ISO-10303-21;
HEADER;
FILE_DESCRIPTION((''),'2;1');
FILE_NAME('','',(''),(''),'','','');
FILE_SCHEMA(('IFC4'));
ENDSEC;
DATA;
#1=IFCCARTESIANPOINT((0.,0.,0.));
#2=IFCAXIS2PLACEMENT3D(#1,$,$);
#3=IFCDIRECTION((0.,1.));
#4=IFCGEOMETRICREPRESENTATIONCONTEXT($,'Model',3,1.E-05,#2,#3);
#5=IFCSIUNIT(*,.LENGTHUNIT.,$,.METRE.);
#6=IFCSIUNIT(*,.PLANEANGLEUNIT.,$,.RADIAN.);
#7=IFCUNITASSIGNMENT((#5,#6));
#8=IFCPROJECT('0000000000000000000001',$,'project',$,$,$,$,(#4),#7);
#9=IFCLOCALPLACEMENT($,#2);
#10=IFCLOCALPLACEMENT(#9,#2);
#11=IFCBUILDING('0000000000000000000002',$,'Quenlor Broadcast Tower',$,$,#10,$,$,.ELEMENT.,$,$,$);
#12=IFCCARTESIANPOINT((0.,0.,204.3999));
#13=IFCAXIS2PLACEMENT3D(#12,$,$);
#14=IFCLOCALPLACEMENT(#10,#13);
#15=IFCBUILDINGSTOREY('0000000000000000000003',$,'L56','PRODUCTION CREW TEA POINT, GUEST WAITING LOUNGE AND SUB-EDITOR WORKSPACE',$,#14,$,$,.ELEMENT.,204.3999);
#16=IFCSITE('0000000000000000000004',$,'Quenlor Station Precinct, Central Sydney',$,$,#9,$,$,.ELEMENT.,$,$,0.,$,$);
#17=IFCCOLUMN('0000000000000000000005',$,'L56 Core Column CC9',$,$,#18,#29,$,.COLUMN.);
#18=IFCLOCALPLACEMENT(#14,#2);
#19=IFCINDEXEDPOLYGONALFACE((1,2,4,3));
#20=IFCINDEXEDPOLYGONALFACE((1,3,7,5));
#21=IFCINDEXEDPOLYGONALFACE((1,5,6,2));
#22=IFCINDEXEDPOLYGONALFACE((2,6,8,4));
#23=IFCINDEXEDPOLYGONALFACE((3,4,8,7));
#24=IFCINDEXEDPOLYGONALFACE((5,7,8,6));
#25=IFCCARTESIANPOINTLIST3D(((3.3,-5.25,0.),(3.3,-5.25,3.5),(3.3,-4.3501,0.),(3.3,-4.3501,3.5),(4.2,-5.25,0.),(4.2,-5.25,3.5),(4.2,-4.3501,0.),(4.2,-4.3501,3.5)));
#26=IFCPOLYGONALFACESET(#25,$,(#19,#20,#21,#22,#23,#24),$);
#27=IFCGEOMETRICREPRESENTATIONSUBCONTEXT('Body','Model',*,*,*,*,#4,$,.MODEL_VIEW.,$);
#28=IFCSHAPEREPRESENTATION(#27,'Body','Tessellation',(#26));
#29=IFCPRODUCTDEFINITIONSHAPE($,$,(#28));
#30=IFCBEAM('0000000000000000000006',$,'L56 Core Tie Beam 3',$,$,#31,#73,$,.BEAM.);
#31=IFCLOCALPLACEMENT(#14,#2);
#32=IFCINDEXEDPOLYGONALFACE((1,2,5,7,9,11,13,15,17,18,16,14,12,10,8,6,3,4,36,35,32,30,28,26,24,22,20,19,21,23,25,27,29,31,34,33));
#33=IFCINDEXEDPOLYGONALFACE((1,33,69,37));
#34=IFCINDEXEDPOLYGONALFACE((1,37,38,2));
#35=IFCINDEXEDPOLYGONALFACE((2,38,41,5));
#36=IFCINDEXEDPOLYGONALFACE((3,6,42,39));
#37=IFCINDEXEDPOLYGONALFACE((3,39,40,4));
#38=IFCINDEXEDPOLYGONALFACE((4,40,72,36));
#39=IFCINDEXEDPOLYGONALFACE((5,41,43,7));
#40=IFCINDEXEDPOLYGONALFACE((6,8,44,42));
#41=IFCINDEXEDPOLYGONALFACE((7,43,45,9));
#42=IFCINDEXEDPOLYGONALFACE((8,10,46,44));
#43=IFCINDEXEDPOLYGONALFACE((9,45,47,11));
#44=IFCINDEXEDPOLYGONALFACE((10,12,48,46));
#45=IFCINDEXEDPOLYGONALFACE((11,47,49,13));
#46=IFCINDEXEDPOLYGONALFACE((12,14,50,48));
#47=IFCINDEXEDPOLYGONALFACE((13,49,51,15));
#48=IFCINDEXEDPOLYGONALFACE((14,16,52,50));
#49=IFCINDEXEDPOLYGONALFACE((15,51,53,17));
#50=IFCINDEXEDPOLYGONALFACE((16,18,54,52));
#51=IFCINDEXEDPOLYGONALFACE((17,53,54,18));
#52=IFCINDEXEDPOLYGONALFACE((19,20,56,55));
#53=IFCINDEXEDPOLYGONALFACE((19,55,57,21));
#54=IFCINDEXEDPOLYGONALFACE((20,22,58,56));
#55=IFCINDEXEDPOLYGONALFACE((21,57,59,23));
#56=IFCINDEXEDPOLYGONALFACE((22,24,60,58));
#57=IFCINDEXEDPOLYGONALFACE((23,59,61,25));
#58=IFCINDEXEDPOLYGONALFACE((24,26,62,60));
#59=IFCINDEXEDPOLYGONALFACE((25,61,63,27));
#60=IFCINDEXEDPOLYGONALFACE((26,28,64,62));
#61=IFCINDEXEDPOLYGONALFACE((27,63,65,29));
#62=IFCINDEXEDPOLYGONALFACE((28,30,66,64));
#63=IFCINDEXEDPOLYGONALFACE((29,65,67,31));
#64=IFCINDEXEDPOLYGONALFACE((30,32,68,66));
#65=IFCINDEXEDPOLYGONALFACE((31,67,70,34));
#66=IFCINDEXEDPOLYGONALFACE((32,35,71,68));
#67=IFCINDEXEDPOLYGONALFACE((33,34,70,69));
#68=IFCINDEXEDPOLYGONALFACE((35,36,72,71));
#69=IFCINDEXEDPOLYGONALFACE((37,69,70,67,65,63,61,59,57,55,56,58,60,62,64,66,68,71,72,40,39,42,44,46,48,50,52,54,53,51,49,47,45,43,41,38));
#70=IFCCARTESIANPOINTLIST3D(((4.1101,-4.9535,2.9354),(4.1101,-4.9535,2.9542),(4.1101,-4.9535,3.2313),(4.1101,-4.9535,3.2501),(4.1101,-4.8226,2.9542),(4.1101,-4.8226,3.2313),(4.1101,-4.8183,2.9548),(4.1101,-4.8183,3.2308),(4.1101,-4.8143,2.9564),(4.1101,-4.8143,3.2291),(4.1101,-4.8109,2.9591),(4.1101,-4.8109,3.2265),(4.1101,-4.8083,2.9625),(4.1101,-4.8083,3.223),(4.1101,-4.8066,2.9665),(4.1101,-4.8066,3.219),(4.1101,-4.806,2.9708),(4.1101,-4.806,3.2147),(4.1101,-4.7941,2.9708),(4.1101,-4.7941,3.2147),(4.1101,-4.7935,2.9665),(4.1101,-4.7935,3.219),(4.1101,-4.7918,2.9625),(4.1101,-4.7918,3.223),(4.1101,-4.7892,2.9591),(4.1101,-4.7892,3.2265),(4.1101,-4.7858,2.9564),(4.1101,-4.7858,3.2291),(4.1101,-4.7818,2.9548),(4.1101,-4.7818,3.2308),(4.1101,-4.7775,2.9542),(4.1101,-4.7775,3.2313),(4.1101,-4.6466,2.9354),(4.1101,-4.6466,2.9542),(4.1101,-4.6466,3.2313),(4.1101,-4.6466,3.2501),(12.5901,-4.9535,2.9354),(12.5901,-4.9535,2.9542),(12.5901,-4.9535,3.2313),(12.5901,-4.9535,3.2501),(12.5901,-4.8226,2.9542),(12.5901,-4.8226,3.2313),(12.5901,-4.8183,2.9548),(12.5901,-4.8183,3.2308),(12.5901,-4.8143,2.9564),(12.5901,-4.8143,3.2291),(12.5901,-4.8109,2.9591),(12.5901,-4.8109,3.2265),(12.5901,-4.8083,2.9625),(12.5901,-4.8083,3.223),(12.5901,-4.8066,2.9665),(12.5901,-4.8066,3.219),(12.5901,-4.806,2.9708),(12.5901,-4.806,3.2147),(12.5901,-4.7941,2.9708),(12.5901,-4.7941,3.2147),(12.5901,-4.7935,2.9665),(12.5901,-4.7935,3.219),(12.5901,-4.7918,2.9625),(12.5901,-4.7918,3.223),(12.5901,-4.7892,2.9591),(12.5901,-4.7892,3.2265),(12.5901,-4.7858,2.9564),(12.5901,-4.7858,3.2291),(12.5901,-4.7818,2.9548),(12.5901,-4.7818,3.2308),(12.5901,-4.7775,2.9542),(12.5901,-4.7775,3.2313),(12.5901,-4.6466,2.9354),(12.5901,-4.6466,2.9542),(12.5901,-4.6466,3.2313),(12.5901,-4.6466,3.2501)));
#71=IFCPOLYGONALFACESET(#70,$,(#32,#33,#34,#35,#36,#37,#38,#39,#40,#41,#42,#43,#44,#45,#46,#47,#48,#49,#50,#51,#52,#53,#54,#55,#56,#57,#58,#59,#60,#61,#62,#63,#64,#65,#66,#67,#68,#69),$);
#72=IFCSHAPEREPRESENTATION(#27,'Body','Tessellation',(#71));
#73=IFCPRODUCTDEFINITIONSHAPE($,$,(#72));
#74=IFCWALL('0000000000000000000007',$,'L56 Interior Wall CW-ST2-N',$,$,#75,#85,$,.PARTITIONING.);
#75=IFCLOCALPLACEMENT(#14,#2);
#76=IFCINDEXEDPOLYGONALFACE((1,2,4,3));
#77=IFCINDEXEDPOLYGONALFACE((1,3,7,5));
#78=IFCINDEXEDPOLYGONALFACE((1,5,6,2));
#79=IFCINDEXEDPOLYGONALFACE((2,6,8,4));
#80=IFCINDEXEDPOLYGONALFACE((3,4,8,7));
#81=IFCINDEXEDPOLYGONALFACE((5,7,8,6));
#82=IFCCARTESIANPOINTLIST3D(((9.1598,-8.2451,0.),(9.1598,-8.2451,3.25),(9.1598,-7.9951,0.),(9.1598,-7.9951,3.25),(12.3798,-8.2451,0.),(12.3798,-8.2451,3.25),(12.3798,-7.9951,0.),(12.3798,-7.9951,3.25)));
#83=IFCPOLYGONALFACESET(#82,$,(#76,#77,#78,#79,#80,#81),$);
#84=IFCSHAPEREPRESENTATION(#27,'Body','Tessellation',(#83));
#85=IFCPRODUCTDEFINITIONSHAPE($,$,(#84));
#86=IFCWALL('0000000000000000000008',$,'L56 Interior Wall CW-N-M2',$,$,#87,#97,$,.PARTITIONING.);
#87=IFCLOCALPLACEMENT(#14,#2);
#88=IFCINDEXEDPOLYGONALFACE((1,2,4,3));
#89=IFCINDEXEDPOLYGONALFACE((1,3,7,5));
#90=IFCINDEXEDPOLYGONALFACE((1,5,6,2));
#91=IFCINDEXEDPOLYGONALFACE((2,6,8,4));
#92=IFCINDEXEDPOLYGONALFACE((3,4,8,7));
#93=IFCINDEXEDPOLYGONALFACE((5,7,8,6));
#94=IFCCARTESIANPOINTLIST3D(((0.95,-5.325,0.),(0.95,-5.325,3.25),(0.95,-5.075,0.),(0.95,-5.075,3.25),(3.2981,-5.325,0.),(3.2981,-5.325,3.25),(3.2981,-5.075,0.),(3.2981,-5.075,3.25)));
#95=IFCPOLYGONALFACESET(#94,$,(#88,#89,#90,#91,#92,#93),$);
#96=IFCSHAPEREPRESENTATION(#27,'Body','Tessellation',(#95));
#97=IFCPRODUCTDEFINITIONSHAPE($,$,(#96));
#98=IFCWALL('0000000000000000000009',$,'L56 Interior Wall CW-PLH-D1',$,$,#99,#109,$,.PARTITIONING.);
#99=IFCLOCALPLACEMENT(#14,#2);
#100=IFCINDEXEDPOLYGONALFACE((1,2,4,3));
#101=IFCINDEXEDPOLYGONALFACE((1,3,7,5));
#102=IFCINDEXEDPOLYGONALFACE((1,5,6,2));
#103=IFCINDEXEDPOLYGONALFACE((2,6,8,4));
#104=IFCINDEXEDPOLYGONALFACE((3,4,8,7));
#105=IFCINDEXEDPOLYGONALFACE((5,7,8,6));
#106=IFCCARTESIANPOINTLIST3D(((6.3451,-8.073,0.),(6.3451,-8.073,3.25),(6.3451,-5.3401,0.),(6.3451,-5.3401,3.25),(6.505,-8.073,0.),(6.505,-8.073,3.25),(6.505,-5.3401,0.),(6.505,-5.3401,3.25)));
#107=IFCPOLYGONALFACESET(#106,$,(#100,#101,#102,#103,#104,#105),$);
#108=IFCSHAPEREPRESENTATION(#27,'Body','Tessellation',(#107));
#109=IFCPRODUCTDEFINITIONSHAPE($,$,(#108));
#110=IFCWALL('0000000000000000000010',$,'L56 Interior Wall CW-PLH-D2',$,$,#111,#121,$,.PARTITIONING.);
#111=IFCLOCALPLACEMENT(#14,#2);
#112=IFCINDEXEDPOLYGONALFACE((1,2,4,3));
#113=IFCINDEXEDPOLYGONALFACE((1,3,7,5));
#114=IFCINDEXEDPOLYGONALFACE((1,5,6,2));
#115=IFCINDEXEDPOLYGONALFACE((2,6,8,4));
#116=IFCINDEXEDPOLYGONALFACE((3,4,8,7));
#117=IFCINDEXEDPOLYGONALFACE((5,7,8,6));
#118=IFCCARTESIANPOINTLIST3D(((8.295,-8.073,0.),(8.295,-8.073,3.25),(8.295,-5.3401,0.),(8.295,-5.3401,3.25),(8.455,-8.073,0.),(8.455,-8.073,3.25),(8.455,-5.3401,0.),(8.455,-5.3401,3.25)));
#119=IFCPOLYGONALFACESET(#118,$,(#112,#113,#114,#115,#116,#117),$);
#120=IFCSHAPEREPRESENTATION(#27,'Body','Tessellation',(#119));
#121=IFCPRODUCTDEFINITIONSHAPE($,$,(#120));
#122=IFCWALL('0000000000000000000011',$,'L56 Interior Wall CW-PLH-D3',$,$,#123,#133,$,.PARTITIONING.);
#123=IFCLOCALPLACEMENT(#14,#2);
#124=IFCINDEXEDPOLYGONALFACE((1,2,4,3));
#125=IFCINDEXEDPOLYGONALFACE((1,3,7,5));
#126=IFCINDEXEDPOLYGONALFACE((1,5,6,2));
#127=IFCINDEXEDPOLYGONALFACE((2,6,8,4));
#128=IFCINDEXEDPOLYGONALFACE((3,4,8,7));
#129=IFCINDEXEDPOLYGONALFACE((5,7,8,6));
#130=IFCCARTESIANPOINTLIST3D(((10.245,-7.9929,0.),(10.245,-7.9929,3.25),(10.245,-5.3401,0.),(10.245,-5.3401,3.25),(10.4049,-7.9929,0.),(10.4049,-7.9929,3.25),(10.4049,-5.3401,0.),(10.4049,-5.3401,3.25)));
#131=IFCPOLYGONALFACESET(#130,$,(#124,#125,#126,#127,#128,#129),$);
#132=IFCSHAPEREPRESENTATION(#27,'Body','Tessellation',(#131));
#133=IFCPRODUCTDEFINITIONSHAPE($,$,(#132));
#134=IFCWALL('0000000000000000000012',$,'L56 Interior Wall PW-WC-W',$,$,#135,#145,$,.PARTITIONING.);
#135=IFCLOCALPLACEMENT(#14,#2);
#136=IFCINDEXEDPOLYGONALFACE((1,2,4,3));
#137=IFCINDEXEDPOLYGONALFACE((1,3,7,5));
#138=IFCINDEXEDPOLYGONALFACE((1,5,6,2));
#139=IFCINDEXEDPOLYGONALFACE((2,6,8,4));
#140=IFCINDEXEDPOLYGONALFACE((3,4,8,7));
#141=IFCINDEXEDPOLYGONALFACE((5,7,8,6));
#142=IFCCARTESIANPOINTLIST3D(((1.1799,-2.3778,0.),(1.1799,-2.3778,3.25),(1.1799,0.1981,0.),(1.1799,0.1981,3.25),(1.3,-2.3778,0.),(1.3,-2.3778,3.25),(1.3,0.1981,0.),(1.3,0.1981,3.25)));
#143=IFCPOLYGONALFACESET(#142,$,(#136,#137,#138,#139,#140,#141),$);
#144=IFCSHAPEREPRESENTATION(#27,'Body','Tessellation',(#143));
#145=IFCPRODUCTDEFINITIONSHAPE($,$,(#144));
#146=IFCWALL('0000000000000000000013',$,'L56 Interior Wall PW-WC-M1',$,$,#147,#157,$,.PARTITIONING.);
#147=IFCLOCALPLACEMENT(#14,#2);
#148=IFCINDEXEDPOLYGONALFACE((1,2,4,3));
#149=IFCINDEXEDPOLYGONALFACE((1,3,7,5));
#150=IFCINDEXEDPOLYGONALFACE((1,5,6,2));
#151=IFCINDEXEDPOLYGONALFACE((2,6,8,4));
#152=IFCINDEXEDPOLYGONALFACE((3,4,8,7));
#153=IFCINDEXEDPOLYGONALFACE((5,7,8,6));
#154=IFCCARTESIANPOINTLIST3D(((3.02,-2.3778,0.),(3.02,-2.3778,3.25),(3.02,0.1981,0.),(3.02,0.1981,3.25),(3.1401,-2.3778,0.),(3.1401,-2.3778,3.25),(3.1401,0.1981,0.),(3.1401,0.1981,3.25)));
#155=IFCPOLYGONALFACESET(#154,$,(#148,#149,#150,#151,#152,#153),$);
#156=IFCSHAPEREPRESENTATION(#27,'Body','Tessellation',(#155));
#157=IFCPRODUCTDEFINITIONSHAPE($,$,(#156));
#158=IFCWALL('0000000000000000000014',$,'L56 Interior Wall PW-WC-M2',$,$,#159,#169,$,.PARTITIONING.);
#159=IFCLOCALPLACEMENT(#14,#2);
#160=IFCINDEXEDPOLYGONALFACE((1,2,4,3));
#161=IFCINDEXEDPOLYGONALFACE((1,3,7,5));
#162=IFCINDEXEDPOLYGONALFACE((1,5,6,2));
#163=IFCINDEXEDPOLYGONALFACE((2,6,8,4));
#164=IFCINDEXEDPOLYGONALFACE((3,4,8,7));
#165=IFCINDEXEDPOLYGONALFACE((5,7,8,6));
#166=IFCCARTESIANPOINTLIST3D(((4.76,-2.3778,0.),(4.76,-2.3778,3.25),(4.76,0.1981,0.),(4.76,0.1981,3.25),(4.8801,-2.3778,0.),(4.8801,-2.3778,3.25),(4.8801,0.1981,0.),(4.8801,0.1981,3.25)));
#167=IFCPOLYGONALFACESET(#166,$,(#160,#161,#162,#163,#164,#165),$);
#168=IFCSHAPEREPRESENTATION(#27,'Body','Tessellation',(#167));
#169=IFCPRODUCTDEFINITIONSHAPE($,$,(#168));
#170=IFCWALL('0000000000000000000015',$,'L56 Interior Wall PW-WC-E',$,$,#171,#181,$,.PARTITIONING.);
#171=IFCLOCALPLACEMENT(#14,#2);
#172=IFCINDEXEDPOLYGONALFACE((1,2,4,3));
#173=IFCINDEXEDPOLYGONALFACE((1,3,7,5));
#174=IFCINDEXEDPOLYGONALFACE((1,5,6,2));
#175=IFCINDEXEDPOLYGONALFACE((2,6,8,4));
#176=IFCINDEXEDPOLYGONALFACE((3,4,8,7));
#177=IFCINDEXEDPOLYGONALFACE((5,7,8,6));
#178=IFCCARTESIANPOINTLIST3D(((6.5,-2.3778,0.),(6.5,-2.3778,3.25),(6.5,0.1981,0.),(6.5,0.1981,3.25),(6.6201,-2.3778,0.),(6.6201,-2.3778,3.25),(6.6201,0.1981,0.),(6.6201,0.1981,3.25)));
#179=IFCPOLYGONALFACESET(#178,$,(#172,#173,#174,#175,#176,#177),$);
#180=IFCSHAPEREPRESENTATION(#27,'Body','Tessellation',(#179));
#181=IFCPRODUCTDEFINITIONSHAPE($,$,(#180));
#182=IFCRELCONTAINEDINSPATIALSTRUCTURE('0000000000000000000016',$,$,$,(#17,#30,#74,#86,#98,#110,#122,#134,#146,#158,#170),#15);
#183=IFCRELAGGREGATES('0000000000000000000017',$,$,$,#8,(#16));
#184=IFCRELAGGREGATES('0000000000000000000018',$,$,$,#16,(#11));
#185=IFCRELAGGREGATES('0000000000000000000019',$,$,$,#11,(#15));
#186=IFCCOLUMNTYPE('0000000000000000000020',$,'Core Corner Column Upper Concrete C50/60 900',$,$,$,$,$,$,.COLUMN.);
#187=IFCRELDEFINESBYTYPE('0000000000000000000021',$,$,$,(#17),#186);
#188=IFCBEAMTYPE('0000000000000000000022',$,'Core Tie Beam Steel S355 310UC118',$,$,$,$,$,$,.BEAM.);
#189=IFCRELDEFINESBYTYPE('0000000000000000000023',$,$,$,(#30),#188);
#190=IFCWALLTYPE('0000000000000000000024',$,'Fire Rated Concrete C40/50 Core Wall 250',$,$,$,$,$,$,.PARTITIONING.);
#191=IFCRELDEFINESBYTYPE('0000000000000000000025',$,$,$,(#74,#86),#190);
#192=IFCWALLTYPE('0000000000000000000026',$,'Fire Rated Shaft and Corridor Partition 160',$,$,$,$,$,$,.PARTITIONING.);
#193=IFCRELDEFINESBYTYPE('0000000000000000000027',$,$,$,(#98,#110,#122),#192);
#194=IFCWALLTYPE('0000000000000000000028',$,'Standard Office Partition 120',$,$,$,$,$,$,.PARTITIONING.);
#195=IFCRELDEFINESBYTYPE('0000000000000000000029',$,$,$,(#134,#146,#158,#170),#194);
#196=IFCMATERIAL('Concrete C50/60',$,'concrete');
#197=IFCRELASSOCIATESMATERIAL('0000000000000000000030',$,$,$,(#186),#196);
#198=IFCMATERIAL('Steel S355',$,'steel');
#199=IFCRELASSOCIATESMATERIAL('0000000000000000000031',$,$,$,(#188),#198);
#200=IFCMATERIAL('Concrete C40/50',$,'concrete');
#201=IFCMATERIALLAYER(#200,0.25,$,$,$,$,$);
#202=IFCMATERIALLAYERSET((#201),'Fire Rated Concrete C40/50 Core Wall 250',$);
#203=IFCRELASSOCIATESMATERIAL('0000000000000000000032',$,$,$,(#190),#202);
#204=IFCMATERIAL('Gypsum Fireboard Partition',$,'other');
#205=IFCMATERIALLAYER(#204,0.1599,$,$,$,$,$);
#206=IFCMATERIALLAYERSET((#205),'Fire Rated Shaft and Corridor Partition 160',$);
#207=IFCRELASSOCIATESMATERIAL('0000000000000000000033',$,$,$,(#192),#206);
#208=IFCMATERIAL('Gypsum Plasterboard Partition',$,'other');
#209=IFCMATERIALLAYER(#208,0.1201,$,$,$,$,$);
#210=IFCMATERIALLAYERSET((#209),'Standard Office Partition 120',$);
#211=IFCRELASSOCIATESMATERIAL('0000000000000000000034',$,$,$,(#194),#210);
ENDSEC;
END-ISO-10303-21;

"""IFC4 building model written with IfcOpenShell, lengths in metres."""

from ifc_helpers import new_model, si_unit, direction, frame, frame_2d, origin, origin_2d, place, context, subcontext, project, spatial, rectangle, i_section, extrude, material, layer, layer_set, material_profile, profile_set, type_object, element, save


model = new_model("IFC4")

# Units and contexts
model_context = context("Model", 3, precision=1e-05, world=origin(), true_north=direction((0.0, 1.0)))
body_context = subcontext(model_context, "Body", "Model", "MODEL_VIEW")
ifc_project = project(units=[si_unit("LENGTHUNIT", "METRE"), si_unit("PLANEANGLEUNIT", "RADIAN")], contexts=[model_context])

# Site, building, storey
site_placement = place(None, origin())
site = spatial("IfcSite", under=ifc_project, at=site_placement, Name="Quenlor Station Precinct, Central Sydney", CompositionType="ELEMENT", RefElevation=0.0)
building_placement = place(site_placement, origin())
building = spatial("IfcBuilding", under=site, at=building_placement, Name="Quenlor Broadcast Tower", CompositionType="ELEMENT")
storey_placement = place(building_placement, frame((0.0, 0.0, 204.3999)))
storey = spatial("IfcBuildingStorey", under=building, at=storey_placement, Name="L56", Description="PRODUCTION CREW TEA POINT, GUEST WAITING LOUNGE AND SUB-EDITOR WORKSPACE", CompositionType="ELEMENT", Elevation=204.3999)

# Column
ifc_material_1 = material(Name="Concrete C50/60", Category="concrete")
ifc_material_profile_1 = material_profile(ifc_material_1, rectangle(XDim=0.8999, YDim=0.8999, at=origin_2d()))
ifc_profile_set_1 = profile_set([ifc_material_profile_1], Name="Concrete C50/60 RC900x900")
column_type = type_object("IfcColumnType", Name="Core Corner Column Upper Concrete C50/60 900", PredefinedType="COLUMN", material=ifc_profile_set_1)
column_placement = place(storey_placement, frame((3.75, -4.8, 0.0), z_axis=(0.0, 0.0, 1.0), x_axis=(1.0, 0.0, 0.0)))
element("IfcColumn", 1, at=column_placement, inside=storey, type_object=column_type, Name="L56 Core Column CC9", PredefinedType="COLUMN", context=body_context, shape_type="SweptSolid", body=[
    extrude(rectangle(XDim=0.8999, YDim=0.8999, at=origin_2d()), origin(), (0.0, 0.0, 1.0), 3.5),
])

# Beam
ifc_material_2 = material(Name="Steel S355", Category="steel")
ifc_material_profile_2 = material_profile(ifc_material_2, i_section(OverallWidth=0.3069, OverallDepth=0.3147, WebThickness=0.012, FlangeThickness=0.0188, FilletRadius=0.0166, at=origin_2d()))
ifc_profile_set_2 = profile_set([ifc_material_profile_2], Name="Steel S355 310UC118")
beam_type = type_object("IfcBeamType", Name="Core Tie Beam Steel S355 310UC118", PredefinedType="BEAM", material=ifc_profile_set_2)
beam_placement = place(storey_placement, frame((4.1101, -4.8, 3.0928), z_axis=(1.0, 0.0, 0.0), x_axis=(0.0, 1.0, 0.0)))
element("IfcBeam", 2, at=beam_placement, inside=storey, type_object=beam_type, Name="L56 Core Tie Beam 3", PredefinedType="BEAM", context=body_context, shape_type="SweptSolid", body=[
    extrude(i_section(OverallWidth=0.3069, OverallDepth=0.3147, WebThickness=0.012, FlangeThickness=0.0188, FilletRadius=0.0166, at=origin_2d()), origin(), (0.0, 0.0, 1.0), 8.48),
])

# Wall
ifc_material_3 = material(Name="Concrete C40/50", Category="concrete")
ifc_layer_1 = layer(ifc_material_3, 0.25)
ifc_layer_set_1 = layer_set([ifc_layer_1], Name="Fire Rated Concrete C40/50 Core Wall 250")
wall_type_1 = type_object("IfcWallType", Name="Fire Rated Concrete C40/50 Core Wall 250", PredefinedType="PARTITIONING", material=ifc_layer_set_1)
wall_1_placement = place(storey_placement, frame((9.1599, -8.1201, 0.0), z_axis=(0.0, 0.0, 1.0), x_axis=(1.0, 0.0, 0.0)))
element("IfcWall", 3, at=wall_1_placement, inside=storey, type_object=wall_type_1, Name="L56 Interior Wall CW-ST2-N", PredefinedType="PARTITIONING", context=body_context, shape_type="SweptSolid", body=[
    extrude(rectangle(XDim=3.22, YDim=0.25, at=frame_2d((1.6099, 0.0))), origin(), (0.0, 0.0, 1.0), 3.25),
])

# Walls
wall_2_placement = place(storey_placement, frame((0.95, -5.2, 0.0), z_axis=(0.0, 0.0, 1.0), x_axis=(1.0, 0.0, 0.0)))
element("IfcWall", 4, at=wall_2_placement, inside=storey, type_object=wall_type_1, Name="L56 Interior Wall CW-N-M2", PredefinedType="PARTITIONING", context=body_context, shape_type="SweptSolid", body=[
    extrude(rectangle(XDim=2.3481, YDim=0.25, at=frame_2d((1.1741, 0.0))), origin(), (0.0, 0.0, 1.0), 3.25),
])
ifc_material_4 = material(Name="Gypsum Fireboard Partition", Category="other")
ifc_layer_2 = layer(ifc_material_4, 0.1599)
ifc_layer_set_2 = layer_set([ifc_layer_2], Name="Fire Rated Shaft and Corridor Partition 160")
wall_type_2 = type_object("IfcWallType", Name="Fire Rated Shaft and Corridor Partition 160", PredefinedType="PARTITIONING", material=ifc_layer_set_2)
for number, where, z_axis, x_axis, name in (
    (5, (6.425, -8.073, 0.0), (0.0, 0.0, 1.0), (0.0, 1.0, 0.0), "L56 Interior Wall CW-PLH-D1"),
    (6, (8.375, -8.073, 0.0), (0.0, 0.0, 1.0), (0.0, 1.0, 0.0), "L56 Interior Wall CW-PLH-D2"),
):
    element("IfcWall", number, at=place(storey_placement, frame(where, z_axis=z_axis, x_axis=x_axis)), inside=storey, type_object=wall_type_2, Name=name, PredefinedType="PARTITIONING", context=body_context, shape_type="SweptSolid", body=[
        extrude(rectangle(XDim=2.7329, YDim=0.1599, at=frame_2d((1.3665, 0.0))), origin(), (0.0, 0.0, 1.0), 3.25),
    ])
wall_3_placement = place(storey_placement, frame((10.325, -7.9929, 0.0), z_axis=(0.0, 0.0, 1.0), x_axis=(0.0, 1.0, 0.0)))
element("IfcWall", 7, at=wall_3_placement, inside=storey, type_object=wall_type_2, Name="L56 Interior Wall CW-PLH-D3", PredefinedType="PARTITIONING", context=body_context, shape_type="SweptSolid", body=[
    extrude(rectangle(XDim=2.6528, YDim=0.1599, at=frame_2d((1.3264, 0.0))), origin(), (0.0, 0.0, 1.0), 3.25),
])

# Shared definitions
ifc_material_5 = material(Name="Gypsum Plasterboard Partition", Category="other")
ifc_layer_3 = layer(ifc_material_5, 0.1201)
ifc_layer_set_3 = layer_set([ifc_layer_3], Name="Standard Office Partition 120")
wall_type_3 = type_object("IfcWallType", Name="Standard Office Partition 120", PredefinedType="PARTITIONING", material=ifc_layer_set_3)

# Walls
for number, where, z_axis, x_axis, name in (
    (8, (1.24, -2.3779, 0.0), (0.0, 0.0, 1.0), (0.0, 1.0, 0.0), "L56 Interior Wall PW-WC-W"),
    (9, (3.0801, -2.3779, 0.0), (0.0, 0.0, 1.0), (0.0, 1.0, 0.0), "L56 Interior Wall PW-WC-M1"),
    (10, (4.8201, -2.3779, 0.0), (0.0, 0.0, 1.0), (0.0, 1.0, 0.0), "L56 Interior Wall PW-WC-M2"),
    (11, (6.5601, -2.3779, 0.0), (0.0, 0.0, 1.0), (0.0, 1.0, 0.0), "L56 Interior Wall PW-WC-E"),
):
    element("IfcWall", number, at=place(storey_placement, frame(where, z_axis=z_axis, x_axis=x_axis)), inside=storey, type_object=wall_type_3, Name=name, PredefinedType="PARTITIONING", context=body_context, shape_type="SweptSolid", body=[
        extrude(rectangle(XDim=2.5759, YDim=0.1201, at=frame_2d((1.2881, 0.0))), origin(), (0.0, 0.0, 1.0), 3.25),
    ])

save(model, "model.ifc")
